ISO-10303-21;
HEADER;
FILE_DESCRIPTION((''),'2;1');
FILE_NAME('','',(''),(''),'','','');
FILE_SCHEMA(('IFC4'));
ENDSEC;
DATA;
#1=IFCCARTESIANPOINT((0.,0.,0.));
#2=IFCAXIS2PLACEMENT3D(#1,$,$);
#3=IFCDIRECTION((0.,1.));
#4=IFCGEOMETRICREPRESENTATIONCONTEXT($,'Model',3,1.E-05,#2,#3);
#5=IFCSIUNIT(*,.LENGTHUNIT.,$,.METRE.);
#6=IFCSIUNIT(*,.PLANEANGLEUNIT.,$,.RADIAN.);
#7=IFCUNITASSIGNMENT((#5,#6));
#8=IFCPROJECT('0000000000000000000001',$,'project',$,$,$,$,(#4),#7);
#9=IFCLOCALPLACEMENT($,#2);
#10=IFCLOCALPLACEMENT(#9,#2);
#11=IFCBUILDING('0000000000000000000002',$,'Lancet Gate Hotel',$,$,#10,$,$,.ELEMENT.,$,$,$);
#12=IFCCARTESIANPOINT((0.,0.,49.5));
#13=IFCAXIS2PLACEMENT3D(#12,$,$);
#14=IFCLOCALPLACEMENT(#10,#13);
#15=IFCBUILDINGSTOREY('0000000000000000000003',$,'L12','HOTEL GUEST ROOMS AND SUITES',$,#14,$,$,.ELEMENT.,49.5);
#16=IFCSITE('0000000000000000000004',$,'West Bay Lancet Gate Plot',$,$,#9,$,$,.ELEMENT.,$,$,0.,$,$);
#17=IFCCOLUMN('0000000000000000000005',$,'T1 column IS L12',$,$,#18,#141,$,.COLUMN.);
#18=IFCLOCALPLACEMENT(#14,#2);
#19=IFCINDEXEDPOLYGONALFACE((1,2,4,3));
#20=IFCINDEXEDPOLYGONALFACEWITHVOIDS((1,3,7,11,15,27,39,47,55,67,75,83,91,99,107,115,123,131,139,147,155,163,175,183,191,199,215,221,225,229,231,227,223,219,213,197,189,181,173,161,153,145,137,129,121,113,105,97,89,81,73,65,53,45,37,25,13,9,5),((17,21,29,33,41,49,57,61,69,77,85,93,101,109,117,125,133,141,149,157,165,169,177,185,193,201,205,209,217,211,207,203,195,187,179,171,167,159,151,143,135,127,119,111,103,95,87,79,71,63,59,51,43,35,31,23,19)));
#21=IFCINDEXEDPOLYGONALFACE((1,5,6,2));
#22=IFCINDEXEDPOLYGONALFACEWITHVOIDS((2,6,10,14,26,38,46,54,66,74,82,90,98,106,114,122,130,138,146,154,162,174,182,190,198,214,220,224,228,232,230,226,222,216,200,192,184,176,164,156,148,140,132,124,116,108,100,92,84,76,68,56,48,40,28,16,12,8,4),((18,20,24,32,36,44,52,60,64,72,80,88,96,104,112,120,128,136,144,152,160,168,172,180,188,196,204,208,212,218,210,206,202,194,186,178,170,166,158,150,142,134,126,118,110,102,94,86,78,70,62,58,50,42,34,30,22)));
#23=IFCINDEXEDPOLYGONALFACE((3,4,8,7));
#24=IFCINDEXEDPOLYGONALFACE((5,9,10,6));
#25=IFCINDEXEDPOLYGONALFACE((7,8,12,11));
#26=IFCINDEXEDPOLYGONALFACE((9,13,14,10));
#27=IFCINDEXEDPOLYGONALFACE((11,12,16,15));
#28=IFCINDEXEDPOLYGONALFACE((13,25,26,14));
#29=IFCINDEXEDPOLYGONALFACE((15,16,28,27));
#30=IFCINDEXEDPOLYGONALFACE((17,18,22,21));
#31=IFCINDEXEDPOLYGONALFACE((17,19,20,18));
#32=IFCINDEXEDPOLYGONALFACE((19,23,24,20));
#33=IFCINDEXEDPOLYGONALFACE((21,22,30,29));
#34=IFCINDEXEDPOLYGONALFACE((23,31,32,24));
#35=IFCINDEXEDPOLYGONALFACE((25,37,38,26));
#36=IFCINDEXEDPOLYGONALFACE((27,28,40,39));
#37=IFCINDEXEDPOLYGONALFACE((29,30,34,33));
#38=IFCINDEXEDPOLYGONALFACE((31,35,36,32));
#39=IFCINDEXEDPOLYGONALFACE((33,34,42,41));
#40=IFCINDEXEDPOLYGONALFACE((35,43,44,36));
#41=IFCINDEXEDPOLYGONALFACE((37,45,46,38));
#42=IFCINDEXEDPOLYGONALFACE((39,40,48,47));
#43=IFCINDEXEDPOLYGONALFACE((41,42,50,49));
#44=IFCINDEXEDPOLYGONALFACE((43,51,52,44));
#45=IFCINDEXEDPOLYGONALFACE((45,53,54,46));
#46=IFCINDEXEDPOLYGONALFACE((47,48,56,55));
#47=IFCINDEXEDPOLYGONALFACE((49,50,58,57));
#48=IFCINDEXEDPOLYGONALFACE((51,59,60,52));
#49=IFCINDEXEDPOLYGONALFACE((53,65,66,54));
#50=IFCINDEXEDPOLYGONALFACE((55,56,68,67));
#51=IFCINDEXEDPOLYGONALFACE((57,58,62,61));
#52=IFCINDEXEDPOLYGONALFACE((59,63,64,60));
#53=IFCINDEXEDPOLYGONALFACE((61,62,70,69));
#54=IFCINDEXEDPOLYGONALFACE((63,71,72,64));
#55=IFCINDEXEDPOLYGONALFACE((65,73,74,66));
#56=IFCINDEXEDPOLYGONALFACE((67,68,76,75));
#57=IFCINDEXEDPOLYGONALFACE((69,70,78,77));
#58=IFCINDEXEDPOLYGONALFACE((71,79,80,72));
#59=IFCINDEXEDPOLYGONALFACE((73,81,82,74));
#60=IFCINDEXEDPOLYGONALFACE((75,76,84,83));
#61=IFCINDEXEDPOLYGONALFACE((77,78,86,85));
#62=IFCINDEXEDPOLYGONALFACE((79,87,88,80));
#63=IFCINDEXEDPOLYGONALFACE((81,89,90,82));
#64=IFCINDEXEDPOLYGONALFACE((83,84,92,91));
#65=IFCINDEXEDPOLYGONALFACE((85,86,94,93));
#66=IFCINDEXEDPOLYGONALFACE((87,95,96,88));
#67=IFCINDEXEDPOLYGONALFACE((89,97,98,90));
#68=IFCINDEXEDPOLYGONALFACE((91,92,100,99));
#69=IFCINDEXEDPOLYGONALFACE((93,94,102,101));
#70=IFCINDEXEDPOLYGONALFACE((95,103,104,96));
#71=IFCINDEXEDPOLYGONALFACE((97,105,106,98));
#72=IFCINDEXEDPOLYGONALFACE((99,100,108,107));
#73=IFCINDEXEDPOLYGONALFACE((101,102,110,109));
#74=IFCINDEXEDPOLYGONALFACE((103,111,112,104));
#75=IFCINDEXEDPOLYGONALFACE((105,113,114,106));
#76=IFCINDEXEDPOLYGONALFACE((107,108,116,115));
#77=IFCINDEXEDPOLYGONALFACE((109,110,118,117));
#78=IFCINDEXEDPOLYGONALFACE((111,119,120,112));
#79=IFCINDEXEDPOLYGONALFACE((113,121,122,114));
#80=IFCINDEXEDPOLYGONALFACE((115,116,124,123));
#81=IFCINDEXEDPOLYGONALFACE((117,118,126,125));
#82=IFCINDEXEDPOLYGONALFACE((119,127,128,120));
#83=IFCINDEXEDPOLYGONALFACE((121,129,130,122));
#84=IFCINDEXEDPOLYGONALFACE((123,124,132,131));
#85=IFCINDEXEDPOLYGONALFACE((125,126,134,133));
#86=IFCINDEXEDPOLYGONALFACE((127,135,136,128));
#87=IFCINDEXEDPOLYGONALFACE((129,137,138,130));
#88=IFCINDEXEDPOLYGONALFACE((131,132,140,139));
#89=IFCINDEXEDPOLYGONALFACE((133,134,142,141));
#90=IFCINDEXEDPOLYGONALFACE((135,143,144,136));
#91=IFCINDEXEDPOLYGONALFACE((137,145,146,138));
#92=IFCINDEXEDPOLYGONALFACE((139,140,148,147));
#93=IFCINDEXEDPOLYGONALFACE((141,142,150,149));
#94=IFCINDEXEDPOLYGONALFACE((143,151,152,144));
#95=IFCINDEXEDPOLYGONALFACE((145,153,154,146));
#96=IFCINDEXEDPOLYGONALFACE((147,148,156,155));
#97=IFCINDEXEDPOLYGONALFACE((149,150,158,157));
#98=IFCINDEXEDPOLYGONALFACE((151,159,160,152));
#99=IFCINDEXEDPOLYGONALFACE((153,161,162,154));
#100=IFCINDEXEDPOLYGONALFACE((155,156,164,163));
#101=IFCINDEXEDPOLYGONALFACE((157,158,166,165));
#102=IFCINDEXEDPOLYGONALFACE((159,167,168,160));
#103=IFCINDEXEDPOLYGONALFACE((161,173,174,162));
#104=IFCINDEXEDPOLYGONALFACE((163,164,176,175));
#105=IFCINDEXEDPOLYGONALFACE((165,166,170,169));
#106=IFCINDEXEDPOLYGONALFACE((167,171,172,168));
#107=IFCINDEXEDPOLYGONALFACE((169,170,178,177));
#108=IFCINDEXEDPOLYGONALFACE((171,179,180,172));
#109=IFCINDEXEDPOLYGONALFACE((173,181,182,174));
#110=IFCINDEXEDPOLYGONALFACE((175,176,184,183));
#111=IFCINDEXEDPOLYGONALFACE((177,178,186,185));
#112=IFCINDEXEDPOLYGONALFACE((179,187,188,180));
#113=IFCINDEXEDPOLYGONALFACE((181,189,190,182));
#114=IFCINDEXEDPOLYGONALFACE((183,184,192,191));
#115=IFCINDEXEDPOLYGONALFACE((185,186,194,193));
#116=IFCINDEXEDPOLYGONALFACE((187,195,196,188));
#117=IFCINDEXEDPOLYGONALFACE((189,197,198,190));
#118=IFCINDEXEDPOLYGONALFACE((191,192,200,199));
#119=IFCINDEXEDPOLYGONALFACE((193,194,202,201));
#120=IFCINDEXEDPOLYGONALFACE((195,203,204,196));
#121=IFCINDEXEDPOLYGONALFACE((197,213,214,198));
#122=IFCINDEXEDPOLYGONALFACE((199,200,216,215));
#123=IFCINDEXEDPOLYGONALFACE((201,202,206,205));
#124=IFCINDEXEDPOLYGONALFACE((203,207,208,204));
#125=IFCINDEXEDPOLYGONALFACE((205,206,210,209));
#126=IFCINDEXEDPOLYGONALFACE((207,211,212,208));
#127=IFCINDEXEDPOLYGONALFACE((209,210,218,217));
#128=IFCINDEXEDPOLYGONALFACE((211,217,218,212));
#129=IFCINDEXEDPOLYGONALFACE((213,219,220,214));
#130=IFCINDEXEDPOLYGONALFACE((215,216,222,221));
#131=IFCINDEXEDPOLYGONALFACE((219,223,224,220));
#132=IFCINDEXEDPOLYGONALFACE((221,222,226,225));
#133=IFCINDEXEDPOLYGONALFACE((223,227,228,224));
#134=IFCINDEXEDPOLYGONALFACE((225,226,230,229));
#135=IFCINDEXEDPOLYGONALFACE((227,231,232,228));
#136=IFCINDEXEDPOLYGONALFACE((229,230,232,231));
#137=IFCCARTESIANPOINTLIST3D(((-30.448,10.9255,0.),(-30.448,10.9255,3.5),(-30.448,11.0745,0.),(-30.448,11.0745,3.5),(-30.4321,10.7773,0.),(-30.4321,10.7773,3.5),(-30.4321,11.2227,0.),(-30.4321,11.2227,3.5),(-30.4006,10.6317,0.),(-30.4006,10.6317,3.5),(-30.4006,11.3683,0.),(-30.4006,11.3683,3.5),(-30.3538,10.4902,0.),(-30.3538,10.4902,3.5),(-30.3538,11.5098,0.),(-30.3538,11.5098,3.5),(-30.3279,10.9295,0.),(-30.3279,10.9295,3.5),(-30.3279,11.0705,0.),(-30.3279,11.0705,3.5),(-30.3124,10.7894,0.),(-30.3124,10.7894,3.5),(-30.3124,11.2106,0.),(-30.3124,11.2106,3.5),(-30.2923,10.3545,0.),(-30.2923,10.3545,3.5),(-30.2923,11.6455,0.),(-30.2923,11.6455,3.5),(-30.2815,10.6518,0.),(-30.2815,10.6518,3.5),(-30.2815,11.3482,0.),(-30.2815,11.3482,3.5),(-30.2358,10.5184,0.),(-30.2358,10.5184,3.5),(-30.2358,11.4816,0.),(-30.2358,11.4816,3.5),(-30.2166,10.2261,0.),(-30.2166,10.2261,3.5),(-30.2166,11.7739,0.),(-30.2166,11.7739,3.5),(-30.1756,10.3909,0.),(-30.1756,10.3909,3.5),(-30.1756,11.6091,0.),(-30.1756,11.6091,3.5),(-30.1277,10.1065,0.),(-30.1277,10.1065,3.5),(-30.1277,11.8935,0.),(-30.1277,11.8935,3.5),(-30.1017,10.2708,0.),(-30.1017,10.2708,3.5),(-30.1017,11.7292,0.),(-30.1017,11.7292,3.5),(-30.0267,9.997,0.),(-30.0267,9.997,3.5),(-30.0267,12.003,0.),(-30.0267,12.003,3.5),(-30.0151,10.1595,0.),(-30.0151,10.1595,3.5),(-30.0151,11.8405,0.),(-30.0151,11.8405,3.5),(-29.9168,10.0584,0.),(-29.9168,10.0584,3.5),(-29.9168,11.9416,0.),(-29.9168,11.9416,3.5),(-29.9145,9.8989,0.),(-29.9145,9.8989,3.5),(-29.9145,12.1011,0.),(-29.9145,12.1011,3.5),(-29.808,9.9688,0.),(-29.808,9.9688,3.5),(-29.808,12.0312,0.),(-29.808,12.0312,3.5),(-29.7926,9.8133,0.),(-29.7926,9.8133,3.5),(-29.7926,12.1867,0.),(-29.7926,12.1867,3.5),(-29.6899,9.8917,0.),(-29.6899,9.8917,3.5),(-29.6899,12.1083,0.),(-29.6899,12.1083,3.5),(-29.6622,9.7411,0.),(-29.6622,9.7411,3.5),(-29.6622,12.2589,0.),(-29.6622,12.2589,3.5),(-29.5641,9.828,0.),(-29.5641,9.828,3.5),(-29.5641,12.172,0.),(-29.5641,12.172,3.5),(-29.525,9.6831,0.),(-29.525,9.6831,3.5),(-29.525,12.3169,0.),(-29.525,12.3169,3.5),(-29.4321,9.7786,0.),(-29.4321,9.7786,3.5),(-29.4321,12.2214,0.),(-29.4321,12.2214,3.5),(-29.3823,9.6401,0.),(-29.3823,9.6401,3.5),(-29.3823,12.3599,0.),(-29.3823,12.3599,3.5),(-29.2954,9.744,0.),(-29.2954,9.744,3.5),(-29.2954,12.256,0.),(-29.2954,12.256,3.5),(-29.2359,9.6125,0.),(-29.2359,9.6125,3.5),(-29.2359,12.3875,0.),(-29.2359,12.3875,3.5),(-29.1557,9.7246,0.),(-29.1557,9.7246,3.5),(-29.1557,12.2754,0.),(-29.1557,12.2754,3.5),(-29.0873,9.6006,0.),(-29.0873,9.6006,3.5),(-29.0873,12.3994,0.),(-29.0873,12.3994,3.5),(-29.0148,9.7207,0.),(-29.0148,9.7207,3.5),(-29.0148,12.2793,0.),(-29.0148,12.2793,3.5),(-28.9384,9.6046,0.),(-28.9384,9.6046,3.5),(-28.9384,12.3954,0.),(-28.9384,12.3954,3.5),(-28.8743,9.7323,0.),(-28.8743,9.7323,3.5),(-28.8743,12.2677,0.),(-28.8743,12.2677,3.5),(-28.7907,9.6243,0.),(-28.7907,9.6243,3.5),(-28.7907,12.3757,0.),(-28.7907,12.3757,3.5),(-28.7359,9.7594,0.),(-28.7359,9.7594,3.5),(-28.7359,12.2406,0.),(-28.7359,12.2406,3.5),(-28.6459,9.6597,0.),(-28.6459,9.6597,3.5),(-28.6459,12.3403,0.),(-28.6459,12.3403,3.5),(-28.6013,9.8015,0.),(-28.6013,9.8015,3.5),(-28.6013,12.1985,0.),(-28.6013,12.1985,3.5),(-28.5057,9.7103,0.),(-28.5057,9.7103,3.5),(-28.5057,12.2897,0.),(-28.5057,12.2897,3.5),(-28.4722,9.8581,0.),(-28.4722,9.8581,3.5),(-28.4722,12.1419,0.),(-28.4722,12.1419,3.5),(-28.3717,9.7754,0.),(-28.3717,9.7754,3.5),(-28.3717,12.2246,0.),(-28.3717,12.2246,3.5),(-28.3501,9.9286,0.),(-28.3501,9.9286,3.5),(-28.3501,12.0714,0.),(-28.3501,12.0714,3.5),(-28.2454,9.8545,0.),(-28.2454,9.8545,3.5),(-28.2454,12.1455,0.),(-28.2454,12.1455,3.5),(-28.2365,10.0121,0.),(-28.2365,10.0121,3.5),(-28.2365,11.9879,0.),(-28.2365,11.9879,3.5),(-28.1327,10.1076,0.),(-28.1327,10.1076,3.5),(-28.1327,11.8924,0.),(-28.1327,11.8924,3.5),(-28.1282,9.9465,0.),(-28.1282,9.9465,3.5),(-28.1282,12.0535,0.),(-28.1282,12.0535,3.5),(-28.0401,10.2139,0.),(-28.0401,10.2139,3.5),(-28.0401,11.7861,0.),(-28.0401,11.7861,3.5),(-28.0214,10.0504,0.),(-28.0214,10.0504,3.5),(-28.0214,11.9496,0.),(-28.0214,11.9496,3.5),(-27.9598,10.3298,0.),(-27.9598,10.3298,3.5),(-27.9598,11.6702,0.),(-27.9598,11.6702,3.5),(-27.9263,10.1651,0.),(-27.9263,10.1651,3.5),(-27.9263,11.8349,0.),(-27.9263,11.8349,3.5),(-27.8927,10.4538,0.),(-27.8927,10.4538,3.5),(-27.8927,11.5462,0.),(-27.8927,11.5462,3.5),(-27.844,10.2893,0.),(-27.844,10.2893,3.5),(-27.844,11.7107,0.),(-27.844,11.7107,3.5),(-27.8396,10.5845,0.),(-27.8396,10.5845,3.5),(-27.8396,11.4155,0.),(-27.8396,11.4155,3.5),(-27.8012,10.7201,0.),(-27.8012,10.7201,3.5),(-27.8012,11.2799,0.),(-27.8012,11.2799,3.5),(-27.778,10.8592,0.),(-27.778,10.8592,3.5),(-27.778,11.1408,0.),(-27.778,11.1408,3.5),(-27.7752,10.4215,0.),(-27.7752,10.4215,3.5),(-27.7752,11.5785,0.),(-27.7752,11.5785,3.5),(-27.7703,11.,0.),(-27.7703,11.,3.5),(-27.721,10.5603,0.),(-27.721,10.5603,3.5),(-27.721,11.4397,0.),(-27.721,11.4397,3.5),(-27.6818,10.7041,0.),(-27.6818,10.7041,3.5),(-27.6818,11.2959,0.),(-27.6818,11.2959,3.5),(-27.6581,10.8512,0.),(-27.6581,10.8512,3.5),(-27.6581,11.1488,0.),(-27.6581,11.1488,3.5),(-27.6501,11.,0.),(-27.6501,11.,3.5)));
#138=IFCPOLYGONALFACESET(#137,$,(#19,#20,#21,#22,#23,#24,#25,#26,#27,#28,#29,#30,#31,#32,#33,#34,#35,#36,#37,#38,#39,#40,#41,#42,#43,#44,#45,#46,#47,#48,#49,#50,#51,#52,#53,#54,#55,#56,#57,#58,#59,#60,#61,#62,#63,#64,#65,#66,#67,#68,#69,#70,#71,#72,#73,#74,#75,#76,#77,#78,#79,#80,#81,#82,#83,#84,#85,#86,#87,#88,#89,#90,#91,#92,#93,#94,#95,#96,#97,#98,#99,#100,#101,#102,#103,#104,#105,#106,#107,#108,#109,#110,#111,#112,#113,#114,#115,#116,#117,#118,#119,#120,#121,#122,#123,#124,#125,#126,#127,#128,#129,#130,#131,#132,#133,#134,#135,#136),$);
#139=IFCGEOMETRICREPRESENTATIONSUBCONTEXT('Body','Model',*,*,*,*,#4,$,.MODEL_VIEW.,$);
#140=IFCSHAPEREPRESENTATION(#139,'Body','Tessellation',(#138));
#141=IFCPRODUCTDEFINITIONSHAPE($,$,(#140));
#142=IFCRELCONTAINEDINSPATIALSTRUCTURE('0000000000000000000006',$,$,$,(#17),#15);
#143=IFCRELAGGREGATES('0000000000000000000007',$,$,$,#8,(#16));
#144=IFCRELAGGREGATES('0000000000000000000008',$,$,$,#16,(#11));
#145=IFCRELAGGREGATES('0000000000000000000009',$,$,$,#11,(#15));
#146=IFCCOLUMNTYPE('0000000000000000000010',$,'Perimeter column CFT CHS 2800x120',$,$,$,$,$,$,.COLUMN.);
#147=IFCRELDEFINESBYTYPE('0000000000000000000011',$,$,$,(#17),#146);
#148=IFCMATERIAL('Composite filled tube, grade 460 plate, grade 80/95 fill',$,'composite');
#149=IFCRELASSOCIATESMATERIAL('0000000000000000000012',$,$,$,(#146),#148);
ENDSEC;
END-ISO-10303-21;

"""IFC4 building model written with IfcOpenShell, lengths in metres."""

from ifc_helpers import new_model, si_unit, direction, frame, origin, origin_2d, place, context, subcontext, project, spatial, hollow_circle, extrude, material, material_profile, profile_set, type_object, element, save


model = new_model("IFC4")

# Units and contexts
model_context = context("Model", 3, precision=1e-05, world=origin(), true_north=direction((0.0, 1.0)))
body_context = subcontext(model_context, "Body", "Model", "MODEL_VIEW")
ifc_project = project(units=[si_unit("LENGTHUNIT", "METRE"), si_unit("PLANEANGLEUNIT", "RADIAN")], contexts=[model_context])

# Site, building, storey
site_placement = place(None, origin())
site = spatial("IfcSite", under=ifc_project, at=site_placement, Name="West Bay Lancet Gate Plot", CompositionType="ELEMENT", RefElevation=0.0)
building_placement = place(site_placement, origin())
building = spatial("IfcBuilding", under=site, at=building_placement, Name="Lancet Gate Hotel", CompositionType="ELEMENT")
storey_placement = place(building_placement, frame((0.0, 0.0, 49.5)))
storey = spatial("IfcBuildingStorey", under=building, at=storey_placement, Name="L12", Description="HOTEL GUEST ROOMS AND SUITES", CompositionType="ELEMENT", Elevation=49.5)

# Column
ifc_material_1 = material(Name="Composite filled tube, grade 460 plate, grade 80/95 fill", Category="composite")
ifc_material_profile_1 = material_profile(ifc_material_1, hollow_circle(Radius=1.3999, WallThickness=0.1201, at=origin_2d()), Name="CHS 2800x120")
ifc_profile_set_1 = profile_set([ifc_material_profile_1], Name="Composite filled tube, grade 460 plate, grade 80/95 fill")
column_type = type_object("IfcColumnType", Name="Perimeter column CFT CHS 2800x120", PredefinedType="COLUMN", material=ifc_profile_set_1)
for number, where, z_axis, x_axis, name in (
    (1, (-29.05, 11.0, 0.0), (0.0, 0.0, 1.0), (1.0, 0.0, 0.0), "T1 column IS L12"),
):
    element("IfcColumn", number, at=place(storey_placement, frame(where, z_axis=z_axis, x_axis=x_axis)), inside=storey, type_object=column_type, Name=name, PredefinedType="COLUMN", context=body_context, shape_type="SweptSolid", body=[
        extrude(hollow_circle(Radius=1.3999, WallThickness=0.1201, at=origin_2d()), origin(), (0.0, 0.0, 1.0), 3.5),
    ])

save(model, "model.ifc")
